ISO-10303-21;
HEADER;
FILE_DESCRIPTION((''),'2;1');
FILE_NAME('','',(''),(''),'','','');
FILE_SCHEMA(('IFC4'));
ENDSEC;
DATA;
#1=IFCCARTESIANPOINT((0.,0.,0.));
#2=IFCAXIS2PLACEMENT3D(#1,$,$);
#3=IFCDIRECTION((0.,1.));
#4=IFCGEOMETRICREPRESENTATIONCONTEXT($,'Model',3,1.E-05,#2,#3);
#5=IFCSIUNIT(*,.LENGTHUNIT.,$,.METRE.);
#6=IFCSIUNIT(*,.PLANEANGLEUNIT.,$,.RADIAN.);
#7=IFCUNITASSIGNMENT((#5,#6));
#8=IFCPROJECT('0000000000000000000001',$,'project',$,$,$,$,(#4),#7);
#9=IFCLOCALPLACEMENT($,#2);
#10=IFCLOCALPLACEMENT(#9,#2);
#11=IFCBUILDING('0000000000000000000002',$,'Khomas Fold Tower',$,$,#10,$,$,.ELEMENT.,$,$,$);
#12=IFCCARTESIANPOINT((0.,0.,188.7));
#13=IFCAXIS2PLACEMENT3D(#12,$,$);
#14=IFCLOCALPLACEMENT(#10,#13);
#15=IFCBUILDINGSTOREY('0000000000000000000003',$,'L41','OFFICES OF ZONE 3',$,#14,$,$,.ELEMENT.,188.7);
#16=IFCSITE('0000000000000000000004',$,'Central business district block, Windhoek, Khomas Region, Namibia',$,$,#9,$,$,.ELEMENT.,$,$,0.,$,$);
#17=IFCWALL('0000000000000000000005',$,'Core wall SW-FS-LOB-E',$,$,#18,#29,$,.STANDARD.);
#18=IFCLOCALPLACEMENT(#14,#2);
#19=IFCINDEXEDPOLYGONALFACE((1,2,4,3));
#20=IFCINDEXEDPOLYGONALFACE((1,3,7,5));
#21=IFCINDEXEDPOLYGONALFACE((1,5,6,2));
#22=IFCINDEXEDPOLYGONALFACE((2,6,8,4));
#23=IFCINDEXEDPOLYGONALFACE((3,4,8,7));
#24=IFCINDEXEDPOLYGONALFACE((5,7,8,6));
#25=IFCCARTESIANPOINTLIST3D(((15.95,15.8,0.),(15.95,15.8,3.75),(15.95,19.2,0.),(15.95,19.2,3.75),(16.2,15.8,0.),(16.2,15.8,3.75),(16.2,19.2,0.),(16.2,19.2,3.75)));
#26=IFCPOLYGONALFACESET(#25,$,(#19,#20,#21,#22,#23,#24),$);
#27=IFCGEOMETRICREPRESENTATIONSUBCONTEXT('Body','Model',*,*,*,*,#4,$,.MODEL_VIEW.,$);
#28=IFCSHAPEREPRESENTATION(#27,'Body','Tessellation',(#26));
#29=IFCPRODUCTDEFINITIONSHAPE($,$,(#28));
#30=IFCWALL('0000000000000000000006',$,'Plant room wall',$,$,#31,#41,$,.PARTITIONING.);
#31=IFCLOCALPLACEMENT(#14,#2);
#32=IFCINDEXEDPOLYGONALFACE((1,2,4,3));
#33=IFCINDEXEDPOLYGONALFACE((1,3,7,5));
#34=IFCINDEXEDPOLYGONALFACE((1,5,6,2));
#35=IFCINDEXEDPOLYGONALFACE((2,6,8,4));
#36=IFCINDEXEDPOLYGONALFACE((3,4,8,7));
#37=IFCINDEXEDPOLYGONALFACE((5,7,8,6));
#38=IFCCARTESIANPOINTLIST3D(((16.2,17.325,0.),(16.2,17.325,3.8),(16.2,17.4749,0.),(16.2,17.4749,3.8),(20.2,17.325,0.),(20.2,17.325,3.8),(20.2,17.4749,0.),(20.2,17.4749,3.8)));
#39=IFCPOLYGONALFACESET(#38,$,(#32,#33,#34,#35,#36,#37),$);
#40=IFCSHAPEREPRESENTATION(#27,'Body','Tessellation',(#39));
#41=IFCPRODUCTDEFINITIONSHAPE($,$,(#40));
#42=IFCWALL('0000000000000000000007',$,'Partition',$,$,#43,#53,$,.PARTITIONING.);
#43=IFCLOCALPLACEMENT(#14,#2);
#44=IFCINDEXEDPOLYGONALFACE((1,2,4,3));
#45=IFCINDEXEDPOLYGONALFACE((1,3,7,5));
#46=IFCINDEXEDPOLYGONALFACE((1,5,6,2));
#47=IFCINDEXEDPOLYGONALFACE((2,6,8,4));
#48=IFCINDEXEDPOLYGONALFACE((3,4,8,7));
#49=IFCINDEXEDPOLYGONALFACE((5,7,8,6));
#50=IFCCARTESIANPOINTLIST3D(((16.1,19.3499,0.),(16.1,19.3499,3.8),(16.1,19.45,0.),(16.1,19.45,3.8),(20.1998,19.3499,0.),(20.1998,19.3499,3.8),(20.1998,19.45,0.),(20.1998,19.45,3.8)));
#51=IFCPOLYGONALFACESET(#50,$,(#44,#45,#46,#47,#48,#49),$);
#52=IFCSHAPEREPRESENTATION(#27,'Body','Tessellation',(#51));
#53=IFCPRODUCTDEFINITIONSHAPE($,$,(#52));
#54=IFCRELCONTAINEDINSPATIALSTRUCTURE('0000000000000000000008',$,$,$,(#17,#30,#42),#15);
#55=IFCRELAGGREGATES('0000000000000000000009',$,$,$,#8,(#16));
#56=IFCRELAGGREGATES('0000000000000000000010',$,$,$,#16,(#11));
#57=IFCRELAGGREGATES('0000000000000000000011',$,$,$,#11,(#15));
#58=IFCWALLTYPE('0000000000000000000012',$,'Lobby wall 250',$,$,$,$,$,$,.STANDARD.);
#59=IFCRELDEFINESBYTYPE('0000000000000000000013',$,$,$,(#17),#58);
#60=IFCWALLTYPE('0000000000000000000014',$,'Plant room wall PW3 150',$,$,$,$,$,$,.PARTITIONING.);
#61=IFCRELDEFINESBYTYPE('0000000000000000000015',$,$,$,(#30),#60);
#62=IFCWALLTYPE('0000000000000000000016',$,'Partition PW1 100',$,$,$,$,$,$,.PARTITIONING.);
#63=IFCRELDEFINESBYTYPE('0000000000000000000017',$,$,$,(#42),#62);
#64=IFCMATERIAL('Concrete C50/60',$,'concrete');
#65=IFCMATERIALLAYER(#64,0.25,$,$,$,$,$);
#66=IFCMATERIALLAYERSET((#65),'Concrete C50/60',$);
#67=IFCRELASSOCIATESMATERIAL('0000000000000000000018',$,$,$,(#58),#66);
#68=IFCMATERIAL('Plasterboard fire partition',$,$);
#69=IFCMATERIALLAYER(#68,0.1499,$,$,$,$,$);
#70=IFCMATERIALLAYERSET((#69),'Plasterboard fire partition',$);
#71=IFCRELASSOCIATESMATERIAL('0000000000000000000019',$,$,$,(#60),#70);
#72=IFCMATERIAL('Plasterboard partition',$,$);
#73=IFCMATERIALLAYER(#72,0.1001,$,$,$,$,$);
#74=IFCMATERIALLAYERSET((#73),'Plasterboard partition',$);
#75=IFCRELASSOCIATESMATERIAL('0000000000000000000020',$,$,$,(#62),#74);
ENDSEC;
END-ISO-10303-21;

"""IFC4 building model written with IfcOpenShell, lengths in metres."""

from ifc_helpers import new_model, si_unit, direction, frame, frame_2d, origin, place, context, subcontext, project, spatial, rectangle, extrude, source, transform, mapped, material, layer, layer_set, type_object, element, save


model = new_model("IFC4")

# Units and contexts
model_context = context("Model", 3, precision=1e-05, world=origin(), true_north=direction((0.0, 1.0)))
body_context = subcontext(model_context, "Body", "Model", "MODEL_VIEW")
ifc_project = project(units=[si_unit("LENGTHUNIT", "METRE"), si_unit("PLANEANGLEUNIT", "RADIAN")], contexts=[model_context])

# Site, building, storey
site_placement = place(None, origin())
site = spatial("IfcSite", under=ifc_project, at=site_placement, Name="Central business district block, Windhoek, Khomas Region, Namibia", CompositionType="ELEMENT", RefElevation=0.0)
building_placement = place(site_placement, origin())
building = spatial("IfcBuilding", under=site, at=building_placement, Name="Khomas Fold Tower", CompositionType="ELEMENT")
storey_placement = place(building_placement, frame((0.0, 0.0, 188.7)))
storey = spatial("IfcBuildingStorey", under=building, at=storey_placement, Name="L41", Description="OFFICES OF ZONE 3", CompositionType="ELEMENT", Elevation=188.7)

# Walls
ifc_material_1 = material(Name="Concrete C50/60", Category="concrete")
ifc_layer_1 = layer(ifc_material_1, 0.25)
ifc_layer_set_1 = layer_set([ifc_layer_1], Name="Concrete C50/60")
wall_type_1 = type_object("IfcWallType", Name="Lobby wall 250", PredefinedType="STANDARD", material=ifc_layer_set_1)
shared_shape_1 = source(origin(), body_context, "Body", "SweptSolid", [
    extrude(rectangle(XDim=3.3999, YDim=0.25, at=frame_2d((1.7, 0.0))), origin(), (0.0, 0.0, 1.0), 3.75),
])
wall_1_placement = place(storey_placement, frame((16.075, 15.8, 0.0), z_axis=(0.0, 0.0, 1.0), x_axis=(0.0, 1.0, 0.0)))
element("IfcWall", 1, at=wall_1_placement, inside=storey, type_object=wall_type_1, Name="Core wall SW-FS-LOB-E", PredefinedType="STANDARD", context=body_context, shape_type="MappedRepresentation", body=[
    mapped(shared_shape_1, transform((0.0, 0.0, 0.0))),
])
ifc_material_2 = material(Name="Plasterboard fire partition")
ifc_layer_2 = layer(ifc_material_2, 0.1499)
ifc_layer_set_2 = layer_set([ifc_layer_2], Name="Plasterboard fire partition")
wall_type_2 = type_object("IfcWallType", Name="Plant room wall PW3 150", PredefinedType="PARTITIONING", material=ifc_layer_set_2)
shared_shape_2 = source(origin(), body_context, "Body", "SweptSolid", [
    extrude(rectangle(XDim=4.0, YDim=0.1499, at=frame_2d((2.0, 0.0))), origin(), (0.0, 0.0, 1.0), 3.8),
])
wall_2_placement = place(storey_placement, frame((16.2, 17.3999, 0.0), z_axis=(0.0, 0.0, 1.0), x_axis=(1.0, 0.0, 0.0)))
element("IfcWall", 2, at=wall_2_placement, inside=storey, type_object=wall_type_2, Name="Plant room wall", PredefinedType="PARTITIONING", context=body_context, shape_type="MappedRepresentation", body=[
    mapped(shared_shape_2, transform((0.0, 0.0, 0.0))),
])
ifc_material_3 = material(Name="Plasterboard partition")
ifc_layer_3 = layer(ifc_material_3, 0.1001)
ifc_layer_set_3 = layer_set([ifc_layer_3], Name="Plasterboard partition")
wall_type_3 = type_object("IfcWallType", Name="Partition PW1 100", PredefinedType="PARTITIONING", material=ifc_layer_set_3)
shared_shape_3 = source(origin(), body_context, "Body", "SweptSolid", [
    extrude(rectangle(XDim=4.0999, YDim=0.1001, at=frame_2d((2.0498, 0.0))), origin(), (0.0, 0.0, 1.0), 3.8),
])
wall_3_placement = place(storey_placement, frame((16.1001, 19.3999, 0.0), z_axis=(0.0, 0.0, 1.0), x_axis=(1.0, 0.0, 0.0)))
element("IfcWall", 3, at=wall_3_placement, inside=storey, type_object=wall_type_3, Name="Partition", PredefinedType="PARTITIONING", context=body_context, shape_type="MappedRepresentation", body=[
    mapped(shared_shape_3, transform((0.0, 0.0, 0.0))),
])

save(model, "model.ifc")
